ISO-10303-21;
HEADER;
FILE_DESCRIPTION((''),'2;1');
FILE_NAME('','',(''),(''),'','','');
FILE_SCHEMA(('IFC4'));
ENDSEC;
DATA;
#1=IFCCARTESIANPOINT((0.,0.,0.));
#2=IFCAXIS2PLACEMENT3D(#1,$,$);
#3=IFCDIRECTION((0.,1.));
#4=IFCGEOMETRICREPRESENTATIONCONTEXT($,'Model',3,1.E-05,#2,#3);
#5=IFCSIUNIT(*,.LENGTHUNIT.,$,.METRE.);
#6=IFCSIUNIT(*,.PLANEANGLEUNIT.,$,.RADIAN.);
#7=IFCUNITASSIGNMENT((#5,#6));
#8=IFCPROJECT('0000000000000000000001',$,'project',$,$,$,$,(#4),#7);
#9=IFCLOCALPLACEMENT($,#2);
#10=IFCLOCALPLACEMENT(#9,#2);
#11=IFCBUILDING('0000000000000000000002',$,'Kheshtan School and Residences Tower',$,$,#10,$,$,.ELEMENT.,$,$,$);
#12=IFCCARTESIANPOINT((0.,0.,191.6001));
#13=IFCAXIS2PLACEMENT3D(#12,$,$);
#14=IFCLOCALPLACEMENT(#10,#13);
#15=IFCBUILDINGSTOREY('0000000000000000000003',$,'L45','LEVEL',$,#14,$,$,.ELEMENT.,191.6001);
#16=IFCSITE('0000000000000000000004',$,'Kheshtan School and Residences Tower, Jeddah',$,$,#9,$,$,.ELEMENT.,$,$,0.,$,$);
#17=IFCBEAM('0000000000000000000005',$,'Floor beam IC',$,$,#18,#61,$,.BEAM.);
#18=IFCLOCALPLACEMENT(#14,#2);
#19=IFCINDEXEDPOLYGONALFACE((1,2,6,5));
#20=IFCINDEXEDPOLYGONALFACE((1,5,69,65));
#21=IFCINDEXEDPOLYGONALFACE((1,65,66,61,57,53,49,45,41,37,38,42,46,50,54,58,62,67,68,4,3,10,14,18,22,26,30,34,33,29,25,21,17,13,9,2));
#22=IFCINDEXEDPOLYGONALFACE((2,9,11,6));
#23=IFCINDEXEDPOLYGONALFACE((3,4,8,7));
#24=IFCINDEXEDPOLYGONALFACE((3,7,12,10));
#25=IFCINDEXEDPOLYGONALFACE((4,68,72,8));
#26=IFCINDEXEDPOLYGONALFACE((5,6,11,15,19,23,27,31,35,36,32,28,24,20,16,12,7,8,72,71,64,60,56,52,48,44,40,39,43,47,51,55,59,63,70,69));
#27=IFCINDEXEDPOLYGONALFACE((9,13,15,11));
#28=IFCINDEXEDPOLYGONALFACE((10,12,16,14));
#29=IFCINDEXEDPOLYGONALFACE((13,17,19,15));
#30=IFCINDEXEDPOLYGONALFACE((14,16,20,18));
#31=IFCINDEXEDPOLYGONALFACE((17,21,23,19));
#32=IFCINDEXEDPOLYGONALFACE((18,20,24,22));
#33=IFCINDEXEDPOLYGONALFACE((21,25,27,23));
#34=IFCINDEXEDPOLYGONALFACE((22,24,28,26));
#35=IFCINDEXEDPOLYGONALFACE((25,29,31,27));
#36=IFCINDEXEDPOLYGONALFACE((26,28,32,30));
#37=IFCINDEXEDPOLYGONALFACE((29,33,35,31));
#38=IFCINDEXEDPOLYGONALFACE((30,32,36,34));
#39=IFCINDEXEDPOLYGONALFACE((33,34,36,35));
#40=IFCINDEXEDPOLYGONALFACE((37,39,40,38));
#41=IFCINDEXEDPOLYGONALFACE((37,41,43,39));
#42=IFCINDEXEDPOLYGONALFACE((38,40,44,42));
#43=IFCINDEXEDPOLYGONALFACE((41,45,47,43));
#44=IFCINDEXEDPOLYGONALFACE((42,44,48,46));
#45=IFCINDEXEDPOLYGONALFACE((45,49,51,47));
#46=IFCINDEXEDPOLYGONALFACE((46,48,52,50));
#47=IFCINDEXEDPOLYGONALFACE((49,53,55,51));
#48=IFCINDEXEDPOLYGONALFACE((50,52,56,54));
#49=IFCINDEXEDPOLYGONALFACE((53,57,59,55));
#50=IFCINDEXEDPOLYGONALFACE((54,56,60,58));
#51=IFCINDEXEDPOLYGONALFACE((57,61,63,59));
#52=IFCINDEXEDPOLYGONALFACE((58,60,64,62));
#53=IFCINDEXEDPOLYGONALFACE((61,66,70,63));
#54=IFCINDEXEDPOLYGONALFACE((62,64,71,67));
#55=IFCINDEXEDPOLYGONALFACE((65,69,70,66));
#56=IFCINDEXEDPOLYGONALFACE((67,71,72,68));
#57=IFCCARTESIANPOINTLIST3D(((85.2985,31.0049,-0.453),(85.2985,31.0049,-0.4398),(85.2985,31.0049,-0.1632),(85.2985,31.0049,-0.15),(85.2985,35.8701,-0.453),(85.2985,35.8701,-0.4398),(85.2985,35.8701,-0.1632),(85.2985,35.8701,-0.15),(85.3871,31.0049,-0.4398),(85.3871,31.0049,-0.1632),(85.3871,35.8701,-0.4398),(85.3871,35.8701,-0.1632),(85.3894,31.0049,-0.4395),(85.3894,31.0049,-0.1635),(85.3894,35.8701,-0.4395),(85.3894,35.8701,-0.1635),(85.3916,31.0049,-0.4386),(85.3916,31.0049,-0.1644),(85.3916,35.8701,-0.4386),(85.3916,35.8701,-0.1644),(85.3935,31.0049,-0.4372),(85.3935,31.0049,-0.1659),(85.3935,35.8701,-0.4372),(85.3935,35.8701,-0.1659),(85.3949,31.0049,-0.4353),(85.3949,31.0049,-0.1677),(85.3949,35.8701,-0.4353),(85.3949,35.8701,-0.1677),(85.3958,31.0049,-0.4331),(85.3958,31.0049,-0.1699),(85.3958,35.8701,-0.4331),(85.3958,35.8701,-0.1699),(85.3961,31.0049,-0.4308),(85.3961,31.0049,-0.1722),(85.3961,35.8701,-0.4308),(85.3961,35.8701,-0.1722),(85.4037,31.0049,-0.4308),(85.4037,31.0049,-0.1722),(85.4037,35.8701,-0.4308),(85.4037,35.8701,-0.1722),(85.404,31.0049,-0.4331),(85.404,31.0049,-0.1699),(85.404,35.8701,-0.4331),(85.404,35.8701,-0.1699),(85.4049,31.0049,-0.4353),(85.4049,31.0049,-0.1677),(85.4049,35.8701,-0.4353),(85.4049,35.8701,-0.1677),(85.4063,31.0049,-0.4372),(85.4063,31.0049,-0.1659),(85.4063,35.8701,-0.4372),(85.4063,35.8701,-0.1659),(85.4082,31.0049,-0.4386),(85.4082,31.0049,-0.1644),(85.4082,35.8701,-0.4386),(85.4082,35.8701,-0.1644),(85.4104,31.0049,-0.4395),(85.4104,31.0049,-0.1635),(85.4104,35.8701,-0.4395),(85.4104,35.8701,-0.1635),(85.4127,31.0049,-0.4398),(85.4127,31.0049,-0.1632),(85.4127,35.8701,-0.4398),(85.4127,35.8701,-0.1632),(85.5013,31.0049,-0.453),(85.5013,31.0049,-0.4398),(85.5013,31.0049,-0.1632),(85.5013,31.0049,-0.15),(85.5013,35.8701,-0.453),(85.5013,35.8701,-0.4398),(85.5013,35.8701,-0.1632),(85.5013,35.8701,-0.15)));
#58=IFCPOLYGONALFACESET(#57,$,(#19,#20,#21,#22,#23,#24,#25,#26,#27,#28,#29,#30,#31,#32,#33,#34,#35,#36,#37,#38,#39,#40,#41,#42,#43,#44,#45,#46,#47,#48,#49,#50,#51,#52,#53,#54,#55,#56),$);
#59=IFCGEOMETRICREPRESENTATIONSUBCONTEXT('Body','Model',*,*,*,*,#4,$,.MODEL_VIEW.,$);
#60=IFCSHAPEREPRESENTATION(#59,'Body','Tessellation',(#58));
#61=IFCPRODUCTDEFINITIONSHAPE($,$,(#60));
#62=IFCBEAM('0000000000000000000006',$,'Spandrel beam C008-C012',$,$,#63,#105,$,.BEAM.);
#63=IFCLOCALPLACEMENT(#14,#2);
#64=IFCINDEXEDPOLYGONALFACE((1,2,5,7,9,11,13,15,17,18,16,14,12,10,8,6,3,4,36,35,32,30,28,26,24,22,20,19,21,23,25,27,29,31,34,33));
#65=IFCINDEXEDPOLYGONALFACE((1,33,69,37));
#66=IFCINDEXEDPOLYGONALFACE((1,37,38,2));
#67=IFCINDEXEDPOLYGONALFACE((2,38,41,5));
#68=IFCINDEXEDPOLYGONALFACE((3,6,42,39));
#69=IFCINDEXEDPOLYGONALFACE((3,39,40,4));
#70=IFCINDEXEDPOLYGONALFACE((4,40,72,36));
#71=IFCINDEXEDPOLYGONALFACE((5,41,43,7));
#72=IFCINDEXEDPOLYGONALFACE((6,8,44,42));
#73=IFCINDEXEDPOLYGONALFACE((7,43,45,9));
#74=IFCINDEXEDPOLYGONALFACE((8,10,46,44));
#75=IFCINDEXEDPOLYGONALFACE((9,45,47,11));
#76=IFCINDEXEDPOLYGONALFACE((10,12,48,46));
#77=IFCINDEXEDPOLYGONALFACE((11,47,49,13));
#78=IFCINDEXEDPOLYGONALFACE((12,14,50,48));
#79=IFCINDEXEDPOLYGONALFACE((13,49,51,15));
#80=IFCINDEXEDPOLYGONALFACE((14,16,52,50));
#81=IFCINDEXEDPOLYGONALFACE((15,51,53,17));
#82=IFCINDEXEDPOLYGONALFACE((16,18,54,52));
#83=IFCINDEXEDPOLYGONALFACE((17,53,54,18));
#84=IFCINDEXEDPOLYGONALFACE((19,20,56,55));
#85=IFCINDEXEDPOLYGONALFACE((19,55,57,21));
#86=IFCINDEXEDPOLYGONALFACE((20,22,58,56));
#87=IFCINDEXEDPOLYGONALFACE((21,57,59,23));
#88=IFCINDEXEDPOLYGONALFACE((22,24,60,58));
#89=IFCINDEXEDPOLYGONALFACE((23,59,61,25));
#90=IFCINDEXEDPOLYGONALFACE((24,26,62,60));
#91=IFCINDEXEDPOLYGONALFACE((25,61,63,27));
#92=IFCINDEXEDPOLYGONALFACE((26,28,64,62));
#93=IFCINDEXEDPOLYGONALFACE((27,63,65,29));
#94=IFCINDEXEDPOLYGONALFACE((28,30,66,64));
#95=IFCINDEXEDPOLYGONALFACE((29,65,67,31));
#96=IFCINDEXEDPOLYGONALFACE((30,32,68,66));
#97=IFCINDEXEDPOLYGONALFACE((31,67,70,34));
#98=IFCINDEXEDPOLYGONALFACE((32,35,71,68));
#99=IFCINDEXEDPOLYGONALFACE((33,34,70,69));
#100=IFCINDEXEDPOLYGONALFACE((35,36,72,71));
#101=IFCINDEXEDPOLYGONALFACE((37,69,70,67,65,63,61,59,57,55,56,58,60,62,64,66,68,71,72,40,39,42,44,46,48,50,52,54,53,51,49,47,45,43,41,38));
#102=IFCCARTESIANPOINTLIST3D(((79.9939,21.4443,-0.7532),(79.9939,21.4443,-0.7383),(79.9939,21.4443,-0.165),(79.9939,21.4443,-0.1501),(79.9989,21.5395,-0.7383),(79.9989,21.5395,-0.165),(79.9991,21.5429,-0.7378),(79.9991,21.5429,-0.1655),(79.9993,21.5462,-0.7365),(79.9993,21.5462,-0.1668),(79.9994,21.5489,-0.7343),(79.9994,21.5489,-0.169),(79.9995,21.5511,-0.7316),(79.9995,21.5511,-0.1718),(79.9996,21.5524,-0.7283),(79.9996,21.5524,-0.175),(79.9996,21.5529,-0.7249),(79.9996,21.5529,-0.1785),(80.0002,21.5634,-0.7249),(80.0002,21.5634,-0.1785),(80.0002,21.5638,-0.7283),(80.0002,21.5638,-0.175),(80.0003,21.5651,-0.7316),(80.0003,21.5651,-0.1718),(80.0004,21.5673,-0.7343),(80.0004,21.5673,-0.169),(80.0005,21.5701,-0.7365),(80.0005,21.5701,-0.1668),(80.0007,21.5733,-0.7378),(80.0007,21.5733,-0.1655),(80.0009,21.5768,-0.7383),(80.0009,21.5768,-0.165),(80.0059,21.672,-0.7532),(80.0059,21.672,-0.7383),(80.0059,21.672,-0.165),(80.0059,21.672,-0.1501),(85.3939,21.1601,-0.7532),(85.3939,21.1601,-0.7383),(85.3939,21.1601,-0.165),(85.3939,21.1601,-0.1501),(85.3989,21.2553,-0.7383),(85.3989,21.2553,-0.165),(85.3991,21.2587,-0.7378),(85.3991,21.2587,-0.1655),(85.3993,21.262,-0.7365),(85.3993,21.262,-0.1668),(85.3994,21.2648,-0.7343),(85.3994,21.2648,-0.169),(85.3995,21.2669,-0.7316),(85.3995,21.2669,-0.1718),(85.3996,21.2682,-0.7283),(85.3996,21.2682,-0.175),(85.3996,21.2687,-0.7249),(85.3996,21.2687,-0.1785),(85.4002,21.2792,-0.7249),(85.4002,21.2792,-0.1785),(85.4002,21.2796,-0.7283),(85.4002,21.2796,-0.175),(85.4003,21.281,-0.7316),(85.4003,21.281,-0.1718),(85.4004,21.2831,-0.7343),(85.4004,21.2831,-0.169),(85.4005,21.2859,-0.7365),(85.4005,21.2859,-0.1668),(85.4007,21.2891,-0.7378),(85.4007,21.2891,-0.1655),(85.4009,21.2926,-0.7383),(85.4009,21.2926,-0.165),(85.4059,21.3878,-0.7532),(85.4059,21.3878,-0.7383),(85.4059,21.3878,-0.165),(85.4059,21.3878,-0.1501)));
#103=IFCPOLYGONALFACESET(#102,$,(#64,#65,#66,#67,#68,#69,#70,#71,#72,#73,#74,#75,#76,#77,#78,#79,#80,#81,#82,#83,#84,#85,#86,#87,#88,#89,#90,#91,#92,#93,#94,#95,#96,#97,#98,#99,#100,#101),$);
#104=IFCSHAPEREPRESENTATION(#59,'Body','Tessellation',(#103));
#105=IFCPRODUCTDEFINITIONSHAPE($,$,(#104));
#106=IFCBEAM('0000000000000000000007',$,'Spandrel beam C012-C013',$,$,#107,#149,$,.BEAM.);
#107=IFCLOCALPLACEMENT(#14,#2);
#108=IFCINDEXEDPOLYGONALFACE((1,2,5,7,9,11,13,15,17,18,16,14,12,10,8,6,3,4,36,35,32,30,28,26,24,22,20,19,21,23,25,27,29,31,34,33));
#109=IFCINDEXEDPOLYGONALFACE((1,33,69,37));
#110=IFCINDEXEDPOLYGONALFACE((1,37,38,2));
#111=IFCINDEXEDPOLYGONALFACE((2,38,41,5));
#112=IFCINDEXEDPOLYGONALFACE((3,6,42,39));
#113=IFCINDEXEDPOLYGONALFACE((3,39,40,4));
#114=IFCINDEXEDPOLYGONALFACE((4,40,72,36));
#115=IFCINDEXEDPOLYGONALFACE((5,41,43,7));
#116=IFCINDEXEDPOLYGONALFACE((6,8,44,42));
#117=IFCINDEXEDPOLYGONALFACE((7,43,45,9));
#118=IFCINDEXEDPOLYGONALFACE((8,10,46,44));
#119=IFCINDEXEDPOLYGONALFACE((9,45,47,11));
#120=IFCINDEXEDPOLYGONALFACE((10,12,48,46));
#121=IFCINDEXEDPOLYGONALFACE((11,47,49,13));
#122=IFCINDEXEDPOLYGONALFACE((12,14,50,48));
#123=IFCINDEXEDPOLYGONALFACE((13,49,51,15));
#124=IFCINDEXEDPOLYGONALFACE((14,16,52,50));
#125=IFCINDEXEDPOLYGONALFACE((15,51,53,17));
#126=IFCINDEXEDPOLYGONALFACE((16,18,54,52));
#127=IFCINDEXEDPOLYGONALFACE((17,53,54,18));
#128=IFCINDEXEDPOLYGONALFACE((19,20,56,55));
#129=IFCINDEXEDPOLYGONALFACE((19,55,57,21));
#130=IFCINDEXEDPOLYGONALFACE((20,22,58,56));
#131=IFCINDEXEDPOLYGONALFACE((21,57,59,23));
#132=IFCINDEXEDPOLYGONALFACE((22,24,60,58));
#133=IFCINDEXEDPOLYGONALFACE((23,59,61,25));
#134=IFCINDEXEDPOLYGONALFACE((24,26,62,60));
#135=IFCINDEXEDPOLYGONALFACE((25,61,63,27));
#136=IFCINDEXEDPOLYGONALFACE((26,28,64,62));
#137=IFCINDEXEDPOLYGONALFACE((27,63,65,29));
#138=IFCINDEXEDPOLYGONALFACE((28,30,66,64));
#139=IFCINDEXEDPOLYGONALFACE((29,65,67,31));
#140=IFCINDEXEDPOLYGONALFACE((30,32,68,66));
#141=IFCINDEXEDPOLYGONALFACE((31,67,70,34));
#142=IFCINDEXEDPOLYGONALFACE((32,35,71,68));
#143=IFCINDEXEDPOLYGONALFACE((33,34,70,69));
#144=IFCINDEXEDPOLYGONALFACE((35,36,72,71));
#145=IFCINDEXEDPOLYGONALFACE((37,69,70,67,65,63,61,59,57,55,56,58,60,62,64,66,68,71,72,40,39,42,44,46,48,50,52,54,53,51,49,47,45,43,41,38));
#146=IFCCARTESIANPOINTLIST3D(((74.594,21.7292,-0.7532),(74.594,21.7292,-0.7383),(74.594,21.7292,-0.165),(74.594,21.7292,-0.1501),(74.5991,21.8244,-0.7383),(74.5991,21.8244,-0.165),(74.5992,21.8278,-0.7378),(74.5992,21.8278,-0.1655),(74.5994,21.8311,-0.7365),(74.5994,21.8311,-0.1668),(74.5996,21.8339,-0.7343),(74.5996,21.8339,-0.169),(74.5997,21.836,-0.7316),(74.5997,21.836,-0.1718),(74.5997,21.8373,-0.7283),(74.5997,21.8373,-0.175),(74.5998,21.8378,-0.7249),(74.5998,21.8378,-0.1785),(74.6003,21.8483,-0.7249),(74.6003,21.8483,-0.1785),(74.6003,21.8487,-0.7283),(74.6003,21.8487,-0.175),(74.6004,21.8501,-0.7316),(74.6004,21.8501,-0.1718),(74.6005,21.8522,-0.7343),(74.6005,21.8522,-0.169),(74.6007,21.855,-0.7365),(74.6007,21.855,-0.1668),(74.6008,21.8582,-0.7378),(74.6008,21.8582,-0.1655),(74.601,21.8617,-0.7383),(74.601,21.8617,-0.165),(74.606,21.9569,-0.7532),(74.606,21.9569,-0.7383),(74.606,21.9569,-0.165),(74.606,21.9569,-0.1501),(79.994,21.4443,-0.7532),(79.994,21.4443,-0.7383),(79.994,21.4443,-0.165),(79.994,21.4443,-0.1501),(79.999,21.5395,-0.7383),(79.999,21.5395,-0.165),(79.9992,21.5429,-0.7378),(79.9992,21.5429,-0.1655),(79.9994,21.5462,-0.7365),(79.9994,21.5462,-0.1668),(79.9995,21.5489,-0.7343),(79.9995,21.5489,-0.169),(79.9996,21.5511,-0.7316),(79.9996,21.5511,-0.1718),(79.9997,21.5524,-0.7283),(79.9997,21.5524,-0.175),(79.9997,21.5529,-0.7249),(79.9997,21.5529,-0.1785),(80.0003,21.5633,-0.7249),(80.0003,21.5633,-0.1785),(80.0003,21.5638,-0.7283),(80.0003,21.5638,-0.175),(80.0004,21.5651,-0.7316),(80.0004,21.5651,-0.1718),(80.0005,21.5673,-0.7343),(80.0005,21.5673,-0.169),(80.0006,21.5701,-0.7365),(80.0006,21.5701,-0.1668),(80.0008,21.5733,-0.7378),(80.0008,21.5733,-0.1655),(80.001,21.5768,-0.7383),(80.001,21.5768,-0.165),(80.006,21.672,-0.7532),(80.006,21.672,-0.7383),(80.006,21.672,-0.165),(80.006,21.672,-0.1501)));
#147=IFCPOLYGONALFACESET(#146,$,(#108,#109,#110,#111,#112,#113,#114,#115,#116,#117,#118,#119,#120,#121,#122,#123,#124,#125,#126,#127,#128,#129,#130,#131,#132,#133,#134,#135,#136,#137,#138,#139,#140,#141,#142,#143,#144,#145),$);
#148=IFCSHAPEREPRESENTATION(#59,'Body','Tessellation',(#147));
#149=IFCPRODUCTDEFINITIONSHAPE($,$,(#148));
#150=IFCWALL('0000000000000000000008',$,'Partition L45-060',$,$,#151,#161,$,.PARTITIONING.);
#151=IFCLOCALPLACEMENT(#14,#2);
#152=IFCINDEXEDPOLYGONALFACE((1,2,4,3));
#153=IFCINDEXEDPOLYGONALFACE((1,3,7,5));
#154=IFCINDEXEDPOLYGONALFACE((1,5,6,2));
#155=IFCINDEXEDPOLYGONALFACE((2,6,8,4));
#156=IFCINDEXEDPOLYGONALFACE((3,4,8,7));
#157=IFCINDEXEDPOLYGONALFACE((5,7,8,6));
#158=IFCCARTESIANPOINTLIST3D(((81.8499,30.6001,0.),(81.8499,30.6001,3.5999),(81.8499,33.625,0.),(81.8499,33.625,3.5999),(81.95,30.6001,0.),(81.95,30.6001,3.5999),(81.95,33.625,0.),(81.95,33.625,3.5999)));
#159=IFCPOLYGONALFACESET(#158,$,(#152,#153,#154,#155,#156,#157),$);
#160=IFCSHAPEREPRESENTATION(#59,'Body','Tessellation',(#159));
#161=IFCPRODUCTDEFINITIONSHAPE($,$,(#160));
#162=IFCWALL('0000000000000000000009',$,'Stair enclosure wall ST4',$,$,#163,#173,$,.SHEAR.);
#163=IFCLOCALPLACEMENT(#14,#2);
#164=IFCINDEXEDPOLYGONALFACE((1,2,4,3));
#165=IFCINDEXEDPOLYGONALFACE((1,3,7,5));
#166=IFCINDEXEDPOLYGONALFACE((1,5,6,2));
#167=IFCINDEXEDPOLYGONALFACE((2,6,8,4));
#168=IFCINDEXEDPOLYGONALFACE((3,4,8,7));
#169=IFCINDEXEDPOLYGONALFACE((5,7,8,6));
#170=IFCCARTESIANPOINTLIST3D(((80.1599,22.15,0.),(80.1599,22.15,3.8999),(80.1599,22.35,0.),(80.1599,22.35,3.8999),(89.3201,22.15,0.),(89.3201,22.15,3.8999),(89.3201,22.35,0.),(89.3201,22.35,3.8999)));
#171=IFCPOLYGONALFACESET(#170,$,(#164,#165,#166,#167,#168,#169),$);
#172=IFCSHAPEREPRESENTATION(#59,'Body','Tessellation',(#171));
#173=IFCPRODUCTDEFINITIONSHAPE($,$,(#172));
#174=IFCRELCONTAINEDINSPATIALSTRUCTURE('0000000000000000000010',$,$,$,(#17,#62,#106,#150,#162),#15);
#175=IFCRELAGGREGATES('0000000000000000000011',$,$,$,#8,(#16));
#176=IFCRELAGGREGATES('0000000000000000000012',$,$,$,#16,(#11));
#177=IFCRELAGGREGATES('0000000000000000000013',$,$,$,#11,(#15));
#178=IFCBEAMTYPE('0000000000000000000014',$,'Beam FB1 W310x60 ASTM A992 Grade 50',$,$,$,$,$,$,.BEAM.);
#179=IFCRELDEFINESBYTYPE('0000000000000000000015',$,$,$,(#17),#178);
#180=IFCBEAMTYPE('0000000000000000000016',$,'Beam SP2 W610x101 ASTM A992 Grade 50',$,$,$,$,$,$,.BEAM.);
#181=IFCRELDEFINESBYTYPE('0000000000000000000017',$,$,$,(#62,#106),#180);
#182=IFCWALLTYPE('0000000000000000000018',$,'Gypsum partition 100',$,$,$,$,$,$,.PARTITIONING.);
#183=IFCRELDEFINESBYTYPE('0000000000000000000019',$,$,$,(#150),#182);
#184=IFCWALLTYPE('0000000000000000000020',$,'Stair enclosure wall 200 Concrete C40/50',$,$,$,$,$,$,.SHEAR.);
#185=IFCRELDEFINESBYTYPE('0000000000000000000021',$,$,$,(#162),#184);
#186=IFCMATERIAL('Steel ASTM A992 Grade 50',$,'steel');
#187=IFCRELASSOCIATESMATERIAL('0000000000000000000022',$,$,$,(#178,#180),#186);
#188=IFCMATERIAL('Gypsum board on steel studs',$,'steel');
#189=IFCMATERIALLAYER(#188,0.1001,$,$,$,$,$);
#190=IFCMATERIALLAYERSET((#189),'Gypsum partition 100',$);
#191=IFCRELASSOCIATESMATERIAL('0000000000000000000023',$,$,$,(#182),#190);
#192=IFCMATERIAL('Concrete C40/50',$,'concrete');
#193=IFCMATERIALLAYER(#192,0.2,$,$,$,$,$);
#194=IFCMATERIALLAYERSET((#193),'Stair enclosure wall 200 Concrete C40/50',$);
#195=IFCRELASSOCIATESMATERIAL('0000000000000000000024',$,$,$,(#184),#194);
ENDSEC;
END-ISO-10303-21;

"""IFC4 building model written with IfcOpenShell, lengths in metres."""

from ifc_helpers import new_model, si_unit, direction, frame, frame_2d, origin, origin_2d, place, context, subcontext, project, spatial, rectangle, i_section, extrude, material, layer, layer_set, material_profile, profile_set, type_object, element, save


model = new_model("IFC4")

# Units and contexts
model_context = context("Model", 3, precision=1e-05, world=origin(), true_north=direction((0.0, 1.0)))
body_context = subcontext(model_context, "Body", "Model", "MODEL_VIEW")
ifc_project = project(units=[si_unit("LENGTHUNIT", "METRE"), si_unit("PLANEANGLEUNIT", "RADIAN")], contexts=[model_context])

# Site, building, storey
site_placement = place(None, origin())
site = spatial("IfcSite", under=ifc_project, at=site_placement, Name="Kheshtan School and Residences Tower, Jeddah", CompositionType="ELEMENT", RefElevation=0.0)
building_placement = place(site_placement, origin())
building = spatial("IfcBuilding", under=site, at=building_placement, Name="Kheshtan School and Residences Tower", CompositionType="ELEMENT")
storey_placement = place(building_placement, frame((0.0, 0.0, 191.6001)))
storey = spatial("IfcBuildingStorey", under=building, at=storey_placement, Name="L45", Description="LEVEL", CompositionType="ELEMENT", Elevation=191.6001)

# Shared definitions
ifc_material_1 = material(Name="Steel ASTM A992 Grade 50", Category="steel")

# Beams
ifc_material_profile_1 = material_profile(ifc_material_1, i_section(OverallWidth=0.2029, OverallDepth=0.303, WebThickness=0.0076, FlangeThickness=0.0132, FilletRadius=0.009, at=origin_2d()), Name="W310x60")
ifc_profile_set_1 = profile_set([ifc_material_profile_1], Name="Steel ASTM A992 Grade 50")
beam_type_1 = type_object("IfcBeamType", Name="Beam FB1 W310x60 ASTM A992 Grade 50", PredefinedType="BEAM", material=ifc_profile_set_1)
beam_placement = place(storey_placement, frame((85.3999, 31.0049, -0.3015), z_axis=(0.0, 1.0, 0.0), x_axis=(-1.0, 0.0, 0.0)))
element("IfcBeam", 1, at=beam_placement, inside=storey, type_object=beam_type_1, Name="Floor beam IC", PredefinedType="BEAM", context=body_context, shape_type="SweptSolid", body=[
    extrude(i_section(OverallWidth=0.2029, OverallDepth=0.303, WebThickness=0.0076, FlangeThickness=0.0132, FilletRadius=0.009, at=origin_2d()), origin(), (0.0, 0.0, 1.0), 4.8652),
])
ifc_material_profile_2 = material_profile(ifc_material_1, i_section(OverallWidth=0.228, OverallDepth=0.603, WebThickness=0.0105, FlangeThickness=0.0149, FilletRadius=0.0134, at=origin_2d()), Name="W610x101")
ifc_profile_set_2 = profile_set([ifc_material_profile_2], Name="Steel ASTM A992 Grade 50")
beam_type_2 = type_object("IfcBeamType", Name="Beam SP2 W610x101 ASTM A992 Grade 50", PredefinedType="BEAM", material=ifc_profile_set_2)
for number, where, z_axis, x_axis, name in (
    (2, (85.3999, 21.2739, -0.4517), (-0.998618, 0.052554, 0.0), (-0.052554, -0.998618, 0.0), "Spandrel beam C008-C012"),
    (3, (80.0, 21.5581, -0.4517), (-0.998611, 0.052689, 0.0), (-0.052689, -0.998611, 0.0), "Spandrel beam C012-C013"),
):
    element("IfcBeam", number, at=place(storey_placement, frame(where, z_axis=z_axis, x_axis=x_axis)), inside=storey, type_object=beam_type_2, Name=name, PredefinedType="BEAM", context=body_context, shape_type="SweptSolid", body=[
        extrude(i_section(OverallWidth=0.228, OverallDepth=0.603, WebThickness=0.0105, FlangeThickness=0.0149, FilletRadius=0.0134, at=origin_2d()), origin(), (0.0, 0.0, 1.0), 5.4075),
    ])

# Walls
ifc_material_2 = material(Name="Gypsum board on steel studs", Category="steel")
ifc_layer_1 = layer(ifc_material_2, 0.1001)
ifc_layer_set_1 = layer_set([ifc_layer_1], Name="Gypsum partition 100")
wall_type_1 = type_object("IfcWallType", Name="Gypsum partition 100", PredefinedType="PARTITIONING", material=ifc_layer_set_1)
wall_1_placement = place(storey_placement, frame((81.8999, 30.6001, 0.0), z_axis=(0.0, 0.0, 1.0), x_axis=(0.0, 1.0, 0.0)))
element("IfcWall", 4, at=wall_1_placement, inside=storey, type_object=wall_type_1, Name="Partition L45-060", PredefinedType="PARTITIONING", context=body_context, shape_type="SweptSolid", body=[
    extrude(rectangle(XDim=3.0249, YDim=0.1001, at=frame_2d((1.5125, 0.0))), origin(), (0.0, 0.0, 1.0), 3.5999),
])
ifc_material_3 = material(Name="Concrete C40/50", Category="concrete")
ifc_layer_2 = layer(ifc_material_3, 0.2)
ifc_layer_set_2 = layer_set([ifc_layer_2], Name="Stair enclosure wall 200 Concrete C40/50")
wall_type_2 = type_object("IfcWallType", Name="Stair enclosure wall 200 Concrete C40/50", PredefinedType="SHEAR", material=ifc_layer_set_2)
wall_2_placement = place(storey_placement, frame((80.1599, 22.25, 0.0), z_axis=(0.0, 0.0, 1.0), x_axis=(1.0, 0.0, 0.0)))
element("IfcWall", 5, at=wall_2_placement, inside=storey, type_object=wall_type_2, Name="Stair enclosure wall ST4", PredefinedType="SHEAR", context=body_context, shape_type="SweptSolid", body=[
    extrude(rectangle(XDim=9.1602, YDim=0.2, at=frame_2d((4.5801, 0.0))), origin(), (0.0, 0.0, 1.0), 3.8999),
])

save(model, "model.ifc")
